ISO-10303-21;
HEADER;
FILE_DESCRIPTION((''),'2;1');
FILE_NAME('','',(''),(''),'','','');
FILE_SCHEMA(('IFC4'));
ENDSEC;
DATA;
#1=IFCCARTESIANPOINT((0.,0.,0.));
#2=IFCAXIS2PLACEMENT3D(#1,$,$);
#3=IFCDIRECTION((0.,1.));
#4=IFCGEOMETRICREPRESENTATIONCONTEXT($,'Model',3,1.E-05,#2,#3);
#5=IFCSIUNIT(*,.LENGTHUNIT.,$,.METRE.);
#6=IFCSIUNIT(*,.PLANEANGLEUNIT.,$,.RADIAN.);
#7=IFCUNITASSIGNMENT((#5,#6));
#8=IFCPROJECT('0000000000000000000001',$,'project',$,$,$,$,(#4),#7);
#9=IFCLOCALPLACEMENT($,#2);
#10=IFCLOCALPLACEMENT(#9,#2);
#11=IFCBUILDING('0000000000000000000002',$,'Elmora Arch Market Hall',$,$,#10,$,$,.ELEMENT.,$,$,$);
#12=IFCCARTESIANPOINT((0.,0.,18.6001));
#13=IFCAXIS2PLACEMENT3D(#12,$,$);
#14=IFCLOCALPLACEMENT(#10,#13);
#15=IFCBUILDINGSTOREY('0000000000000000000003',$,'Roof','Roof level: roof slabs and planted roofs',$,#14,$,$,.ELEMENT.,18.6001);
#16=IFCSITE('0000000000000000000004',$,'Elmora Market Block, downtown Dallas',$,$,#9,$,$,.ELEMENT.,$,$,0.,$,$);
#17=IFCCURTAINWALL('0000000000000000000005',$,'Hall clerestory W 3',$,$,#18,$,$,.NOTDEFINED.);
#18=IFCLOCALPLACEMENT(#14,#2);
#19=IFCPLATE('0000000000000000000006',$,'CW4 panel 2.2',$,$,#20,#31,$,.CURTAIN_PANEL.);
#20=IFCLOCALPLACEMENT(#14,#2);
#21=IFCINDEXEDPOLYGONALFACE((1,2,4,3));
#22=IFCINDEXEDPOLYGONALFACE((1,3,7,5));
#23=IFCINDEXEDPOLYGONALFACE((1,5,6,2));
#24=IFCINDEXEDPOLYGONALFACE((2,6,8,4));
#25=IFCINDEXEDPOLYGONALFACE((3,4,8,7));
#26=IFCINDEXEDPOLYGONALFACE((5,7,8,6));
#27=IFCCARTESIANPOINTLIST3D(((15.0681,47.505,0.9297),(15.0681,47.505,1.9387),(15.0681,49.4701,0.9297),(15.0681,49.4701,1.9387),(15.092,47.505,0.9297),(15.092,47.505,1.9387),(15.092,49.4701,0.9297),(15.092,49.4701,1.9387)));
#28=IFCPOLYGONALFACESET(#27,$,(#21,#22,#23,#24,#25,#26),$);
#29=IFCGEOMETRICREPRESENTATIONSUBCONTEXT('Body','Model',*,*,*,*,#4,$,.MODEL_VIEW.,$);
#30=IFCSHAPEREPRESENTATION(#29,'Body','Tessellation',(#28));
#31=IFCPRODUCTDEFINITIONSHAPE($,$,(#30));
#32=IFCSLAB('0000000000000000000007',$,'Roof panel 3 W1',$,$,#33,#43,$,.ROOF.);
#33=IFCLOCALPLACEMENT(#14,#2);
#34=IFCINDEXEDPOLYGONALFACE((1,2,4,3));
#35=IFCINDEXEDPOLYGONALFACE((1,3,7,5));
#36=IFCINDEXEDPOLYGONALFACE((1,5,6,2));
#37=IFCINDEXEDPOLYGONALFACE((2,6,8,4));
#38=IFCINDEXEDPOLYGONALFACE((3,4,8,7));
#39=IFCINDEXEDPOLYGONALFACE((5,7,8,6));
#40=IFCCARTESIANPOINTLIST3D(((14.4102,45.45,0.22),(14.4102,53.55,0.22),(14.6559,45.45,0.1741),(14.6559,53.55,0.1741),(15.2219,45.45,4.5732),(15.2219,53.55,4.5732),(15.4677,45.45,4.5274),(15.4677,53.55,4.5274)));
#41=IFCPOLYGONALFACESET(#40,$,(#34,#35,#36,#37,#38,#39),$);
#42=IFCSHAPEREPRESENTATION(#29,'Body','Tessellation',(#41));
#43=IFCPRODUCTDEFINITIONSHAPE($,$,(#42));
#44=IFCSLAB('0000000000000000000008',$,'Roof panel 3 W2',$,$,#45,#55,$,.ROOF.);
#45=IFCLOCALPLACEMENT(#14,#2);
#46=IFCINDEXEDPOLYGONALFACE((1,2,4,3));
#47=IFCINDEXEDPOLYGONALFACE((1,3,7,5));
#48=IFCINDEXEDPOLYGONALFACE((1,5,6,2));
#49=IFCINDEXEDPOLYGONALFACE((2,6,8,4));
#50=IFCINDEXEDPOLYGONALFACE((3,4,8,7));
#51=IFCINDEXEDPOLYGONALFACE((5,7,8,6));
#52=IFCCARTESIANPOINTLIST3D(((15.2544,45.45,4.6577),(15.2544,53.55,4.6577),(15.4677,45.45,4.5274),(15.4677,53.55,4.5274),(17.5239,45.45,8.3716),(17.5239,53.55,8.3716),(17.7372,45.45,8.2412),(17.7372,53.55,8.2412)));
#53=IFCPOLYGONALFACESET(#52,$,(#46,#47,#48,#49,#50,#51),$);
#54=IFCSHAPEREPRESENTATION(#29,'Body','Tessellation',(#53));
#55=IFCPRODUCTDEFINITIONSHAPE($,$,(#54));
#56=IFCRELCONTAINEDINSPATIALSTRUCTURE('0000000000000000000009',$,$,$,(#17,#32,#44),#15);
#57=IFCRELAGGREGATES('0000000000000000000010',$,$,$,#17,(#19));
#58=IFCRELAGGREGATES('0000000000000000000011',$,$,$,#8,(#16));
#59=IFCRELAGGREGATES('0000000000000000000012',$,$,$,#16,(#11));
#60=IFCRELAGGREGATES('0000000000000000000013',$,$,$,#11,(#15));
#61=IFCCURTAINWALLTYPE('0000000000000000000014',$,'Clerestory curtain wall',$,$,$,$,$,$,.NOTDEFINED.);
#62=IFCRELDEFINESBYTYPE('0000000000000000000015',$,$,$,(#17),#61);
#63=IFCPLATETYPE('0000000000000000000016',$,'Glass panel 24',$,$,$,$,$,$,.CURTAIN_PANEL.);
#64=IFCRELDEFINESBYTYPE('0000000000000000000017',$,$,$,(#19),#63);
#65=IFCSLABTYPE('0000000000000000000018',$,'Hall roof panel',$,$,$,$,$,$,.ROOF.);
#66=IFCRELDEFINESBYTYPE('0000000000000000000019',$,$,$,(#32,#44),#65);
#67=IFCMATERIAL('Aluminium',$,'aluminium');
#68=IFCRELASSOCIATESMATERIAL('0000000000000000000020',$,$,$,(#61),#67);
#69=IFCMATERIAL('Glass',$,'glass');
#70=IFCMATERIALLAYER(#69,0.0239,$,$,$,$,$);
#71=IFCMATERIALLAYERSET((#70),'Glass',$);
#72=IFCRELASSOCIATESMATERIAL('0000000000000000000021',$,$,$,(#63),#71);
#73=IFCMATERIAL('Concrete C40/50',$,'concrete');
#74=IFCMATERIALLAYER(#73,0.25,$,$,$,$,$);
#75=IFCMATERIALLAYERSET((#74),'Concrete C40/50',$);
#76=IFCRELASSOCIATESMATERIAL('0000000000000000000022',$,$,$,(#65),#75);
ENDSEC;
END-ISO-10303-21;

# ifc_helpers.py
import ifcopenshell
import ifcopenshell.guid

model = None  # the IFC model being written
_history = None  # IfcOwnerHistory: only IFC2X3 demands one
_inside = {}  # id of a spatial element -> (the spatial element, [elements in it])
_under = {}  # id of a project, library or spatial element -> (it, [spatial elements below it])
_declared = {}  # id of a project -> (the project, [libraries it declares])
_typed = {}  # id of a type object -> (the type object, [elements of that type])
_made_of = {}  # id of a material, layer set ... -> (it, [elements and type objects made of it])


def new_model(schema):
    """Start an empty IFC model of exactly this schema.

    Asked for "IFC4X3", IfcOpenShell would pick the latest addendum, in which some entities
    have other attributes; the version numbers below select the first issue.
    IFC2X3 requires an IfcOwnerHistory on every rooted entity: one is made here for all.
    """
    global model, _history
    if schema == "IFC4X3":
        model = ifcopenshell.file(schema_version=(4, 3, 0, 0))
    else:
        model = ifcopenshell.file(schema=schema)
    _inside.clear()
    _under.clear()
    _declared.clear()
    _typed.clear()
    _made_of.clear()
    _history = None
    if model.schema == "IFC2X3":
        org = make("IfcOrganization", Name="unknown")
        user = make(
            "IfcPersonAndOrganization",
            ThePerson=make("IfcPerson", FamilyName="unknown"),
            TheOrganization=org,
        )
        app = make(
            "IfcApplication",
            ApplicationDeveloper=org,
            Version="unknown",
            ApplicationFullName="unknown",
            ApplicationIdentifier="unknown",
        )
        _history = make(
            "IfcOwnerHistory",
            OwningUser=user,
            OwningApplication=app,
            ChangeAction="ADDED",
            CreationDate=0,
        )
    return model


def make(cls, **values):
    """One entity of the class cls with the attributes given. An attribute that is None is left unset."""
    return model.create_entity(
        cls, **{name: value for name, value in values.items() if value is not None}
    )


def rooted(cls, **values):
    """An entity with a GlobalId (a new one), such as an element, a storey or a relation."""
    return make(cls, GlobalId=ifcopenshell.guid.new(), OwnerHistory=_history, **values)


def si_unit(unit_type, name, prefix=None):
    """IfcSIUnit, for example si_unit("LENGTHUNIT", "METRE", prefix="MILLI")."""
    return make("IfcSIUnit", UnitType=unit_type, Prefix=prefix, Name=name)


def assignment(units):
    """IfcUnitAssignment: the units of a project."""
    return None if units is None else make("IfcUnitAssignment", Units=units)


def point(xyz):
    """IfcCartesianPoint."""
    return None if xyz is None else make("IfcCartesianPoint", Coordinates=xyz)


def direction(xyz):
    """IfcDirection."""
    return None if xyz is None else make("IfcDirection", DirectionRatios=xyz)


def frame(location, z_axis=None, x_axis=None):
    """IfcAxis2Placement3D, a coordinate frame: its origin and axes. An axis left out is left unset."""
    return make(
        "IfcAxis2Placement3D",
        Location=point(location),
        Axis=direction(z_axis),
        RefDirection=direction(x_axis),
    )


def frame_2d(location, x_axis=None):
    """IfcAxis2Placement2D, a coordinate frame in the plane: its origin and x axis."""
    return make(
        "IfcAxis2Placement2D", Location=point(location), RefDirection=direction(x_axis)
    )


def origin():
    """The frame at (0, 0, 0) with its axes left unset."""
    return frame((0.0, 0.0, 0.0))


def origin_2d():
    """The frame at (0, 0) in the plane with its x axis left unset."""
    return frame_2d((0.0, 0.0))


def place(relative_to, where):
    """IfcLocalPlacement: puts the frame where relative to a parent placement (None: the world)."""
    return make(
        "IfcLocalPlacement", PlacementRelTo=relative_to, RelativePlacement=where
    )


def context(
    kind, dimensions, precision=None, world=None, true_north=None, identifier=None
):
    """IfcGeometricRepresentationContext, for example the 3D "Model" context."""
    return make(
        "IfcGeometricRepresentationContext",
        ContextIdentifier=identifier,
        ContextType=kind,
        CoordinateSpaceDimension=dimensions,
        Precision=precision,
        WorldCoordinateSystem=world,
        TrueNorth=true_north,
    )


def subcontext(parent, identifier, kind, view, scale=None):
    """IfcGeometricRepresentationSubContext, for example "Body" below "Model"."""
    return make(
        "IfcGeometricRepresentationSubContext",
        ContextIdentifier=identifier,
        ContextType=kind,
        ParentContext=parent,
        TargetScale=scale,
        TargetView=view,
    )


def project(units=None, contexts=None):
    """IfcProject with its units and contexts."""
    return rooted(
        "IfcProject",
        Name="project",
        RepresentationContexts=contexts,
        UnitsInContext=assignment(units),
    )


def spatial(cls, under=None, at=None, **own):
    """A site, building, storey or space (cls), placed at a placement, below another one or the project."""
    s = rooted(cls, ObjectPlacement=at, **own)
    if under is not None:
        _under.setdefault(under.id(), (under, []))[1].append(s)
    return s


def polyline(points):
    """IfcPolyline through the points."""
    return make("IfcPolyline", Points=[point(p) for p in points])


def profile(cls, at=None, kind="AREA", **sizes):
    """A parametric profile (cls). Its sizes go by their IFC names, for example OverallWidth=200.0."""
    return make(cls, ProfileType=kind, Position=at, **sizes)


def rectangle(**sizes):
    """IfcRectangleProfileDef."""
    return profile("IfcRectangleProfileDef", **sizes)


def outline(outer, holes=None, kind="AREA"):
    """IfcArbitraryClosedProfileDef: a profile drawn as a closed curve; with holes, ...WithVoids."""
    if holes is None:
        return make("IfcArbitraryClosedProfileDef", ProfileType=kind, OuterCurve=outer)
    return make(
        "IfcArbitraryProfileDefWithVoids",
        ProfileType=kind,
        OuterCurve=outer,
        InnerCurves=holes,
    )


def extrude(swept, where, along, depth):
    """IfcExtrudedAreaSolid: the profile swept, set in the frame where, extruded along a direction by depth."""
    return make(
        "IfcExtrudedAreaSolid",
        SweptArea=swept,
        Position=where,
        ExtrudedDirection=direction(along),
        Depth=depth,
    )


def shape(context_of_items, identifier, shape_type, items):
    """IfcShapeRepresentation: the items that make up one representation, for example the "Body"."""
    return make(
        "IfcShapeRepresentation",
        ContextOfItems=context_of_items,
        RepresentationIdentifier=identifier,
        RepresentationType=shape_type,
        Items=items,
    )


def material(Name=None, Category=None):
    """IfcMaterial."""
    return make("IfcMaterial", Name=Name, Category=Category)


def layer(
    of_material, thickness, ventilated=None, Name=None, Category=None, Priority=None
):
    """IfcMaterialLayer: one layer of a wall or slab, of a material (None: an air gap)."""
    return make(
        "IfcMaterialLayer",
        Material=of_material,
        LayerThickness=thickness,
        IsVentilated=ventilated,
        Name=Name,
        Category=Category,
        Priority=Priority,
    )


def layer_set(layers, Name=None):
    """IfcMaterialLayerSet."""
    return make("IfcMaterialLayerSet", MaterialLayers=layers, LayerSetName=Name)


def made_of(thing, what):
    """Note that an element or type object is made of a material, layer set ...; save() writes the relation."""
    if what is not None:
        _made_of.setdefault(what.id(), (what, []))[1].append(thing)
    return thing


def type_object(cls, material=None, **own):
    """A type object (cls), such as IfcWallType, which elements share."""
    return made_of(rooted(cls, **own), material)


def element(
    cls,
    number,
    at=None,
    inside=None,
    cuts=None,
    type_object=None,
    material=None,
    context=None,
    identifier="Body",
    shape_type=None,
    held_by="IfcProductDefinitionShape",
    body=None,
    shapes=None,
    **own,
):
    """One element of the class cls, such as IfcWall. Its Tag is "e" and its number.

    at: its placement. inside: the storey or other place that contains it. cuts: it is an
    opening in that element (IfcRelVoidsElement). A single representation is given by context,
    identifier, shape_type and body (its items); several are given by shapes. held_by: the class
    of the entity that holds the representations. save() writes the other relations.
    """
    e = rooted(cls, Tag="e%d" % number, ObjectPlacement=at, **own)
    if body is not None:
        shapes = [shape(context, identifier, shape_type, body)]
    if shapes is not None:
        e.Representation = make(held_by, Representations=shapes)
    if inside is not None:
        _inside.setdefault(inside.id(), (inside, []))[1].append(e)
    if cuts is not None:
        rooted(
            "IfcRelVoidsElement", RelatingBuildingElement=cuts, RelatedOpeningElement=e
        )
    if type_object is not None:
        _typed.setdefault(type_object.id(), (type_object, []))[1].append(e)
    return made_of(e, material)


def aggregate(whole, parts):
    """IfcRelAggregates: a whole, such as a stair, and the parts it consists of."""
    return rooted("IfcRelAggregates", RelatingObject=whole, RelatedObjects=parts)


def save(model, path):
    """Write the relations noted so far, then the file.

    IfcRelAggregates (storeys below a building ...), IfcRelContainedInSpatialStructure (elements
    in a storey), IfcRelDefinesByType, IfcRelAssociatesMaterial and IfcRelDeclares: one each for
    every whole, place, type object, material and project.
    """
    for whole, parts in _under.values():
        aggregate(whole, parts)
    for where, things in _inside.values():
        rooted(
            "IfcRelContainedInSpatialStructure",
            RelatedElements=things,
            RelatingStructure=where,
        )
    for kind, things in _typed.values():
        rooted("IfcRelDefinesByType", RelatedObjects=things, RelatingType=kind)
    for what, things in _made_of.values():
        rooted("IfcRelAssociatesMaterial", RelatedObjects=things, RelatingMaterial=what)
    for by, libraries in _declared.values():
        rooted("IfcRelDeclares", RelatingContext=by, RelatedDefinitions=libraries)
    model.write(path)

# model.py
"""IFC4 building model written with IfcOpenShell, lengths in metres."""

from ifc_helpers import new_model, si_unit, direction, frame, origin, origin_2d, place, context, subcontext, project, spatial, polyline, rectangle, outline, extrude, material, layer, layer_set, type_object, element, aggregate, save


model = new_model("IFC4")

# Units and contexts
model_context = context("Model", 3, precision=1e-05, world=origin(), true_north=direction((0.0, 1.0)))
body_context = subcontext(model_context, "Body", "Model", "MODEL_VIEW")
ifc_project = project(units=[si_unit("LENGTHUNIT", "METRE"), si_unit("PLANEANGLEUNIT", "RADIAN")], contexts=[model_context])

# Site, building, storey
site_placement = place(None, origin())
site = spatial("IfcSite", under=ifc_project, at=site_placement, Name="Elmora Market Block, downtown Dallas", CompositionType="ELEMENT", RefElevation=0.0)
building_placement = place(site_placement, origin())
building = spatial("IfcBuilding", under=site, at=building_placement, Name="Elmora Arch Market Hall", CompositionType="ELEMENT")
storey_placement = place(building_placement, frame((0.0, 0.0, 18.6001)))
storey = spatial("IfcBuildingStorey", under=building, at=storey_placement, Name="Roof", Description="Roof level: roof slabs and planted roofs", CompositionType="ELEMENT", Elevation=18.6001)

# Curtain wall
ifc_material_1 = material(Name="Aluminium", Category="aluminium")
curtain_wall_type = type_object("IfcCurtainWallType", Name="Clerestory curtain wall", PredefinedType="NOTDEFINED", material=ifc_material_1)
curtain_wall_1_placement = place(storey_placement, origin())
curtain_wall_1 = element("IfcCurtainWall", 1, at=curtain_wall_1_placement, inside=storey, type_object=curtain_wall_type, Name="Hall clerestory W 3", PredefinedType="NOTDEFINED")

# Plate
ifc_material_2 = material(Name="Glass", Category="glass")
ifc_layer_1 = layer(ifc_material_2, 0.0239)
ifc_layer_set_1 = layer_set([ifc_layer_1], Name="Glass")
plate_type = type_object("IfcPlateType", Name="Glass panel 24", PredefinedType="CURTAIN_PANEL", material=ifc_layer_set_1)
plate_1_placement = place(storey_placement, frame((15.0801, 48.4875, 0.9297), z_axis=(0.0, 0.0, 1.0), x_axis=(0.0, 1.0, 0.0)))
plate_1 = element("IfcPlate", 2, at=plate_1_placement, type_object=plate_type, Name="CW4 panel 2.2", PredefinedType="CURTAIN_PANEL", context=body_context, shape_type="SweptSolid", body=[
    extrude(rectangle(XDim=1.9651, YDim=0.0239, at=origin_2d()), origin(), (0.0, 0.0, 1.0), 1.009),
])
aggregate(curtain_wall_1, [plate_1])

# Slabs
ifc_material_3 = material(Name="Concrete C40/50", Category="concrete")
ifc_layer_2 = layer(ifc_material_3, 0.25)
ifc_layer_set_2 = layer_set([ifc_layer_2], Name="Concrete C40/50")
slab_type = type_object("IfcSlabType", Name="Hall roof panel", PredefinedType="ROOF", material=ifc_layer_set_2)
slab_1_placement = place(storey_placement, frame((14.4102, 45.45, 0.22), z_axis=(-0.983055, 0.0, 0.183313), x_axis=(0.0, 1.0, 0.0)))
element("IfcSlab", 3, at=slab_1_placement, inside=storey, type_object=slab_type, Name="Roof panel 3 W1", PredefinedType="ROOF", context=body_context, shape_type="SweptSolid", body=[
    extrude(outline(polyline([(0.0, 0.0), (8.1001, 0.0), (8.1001, -4.4283), (0.0, -4.4283), (0.0, 0.0)])), origin(), (0.0, 0.0, -1.0), 0.25),
])
slab_2_placement = place(storey_placement, frame((15.2544, 45.45, 4.6577), z_axis=(-0.853287, 0.0, 0.521441), x_axis=(0.0, 1.0, 0.0)))
element("IfcSlab", 4, at=slab_2_placement, inside=storey, type_object=slab_type, Name="Roof panel 3 W2", PredefinedType="ROOF", context=body_context, shape_type="SweptSolid", body=[
    extrude(outline(polyline([(0.0, 0.0), (8.1001, 0.0), (8.1001, -4.3524), (0.0, -4.3524), (0.0, 0.0)])), origin(), (0.0, 0.0, -1.0), 0.25),
])

save(model, "model.ifc")
